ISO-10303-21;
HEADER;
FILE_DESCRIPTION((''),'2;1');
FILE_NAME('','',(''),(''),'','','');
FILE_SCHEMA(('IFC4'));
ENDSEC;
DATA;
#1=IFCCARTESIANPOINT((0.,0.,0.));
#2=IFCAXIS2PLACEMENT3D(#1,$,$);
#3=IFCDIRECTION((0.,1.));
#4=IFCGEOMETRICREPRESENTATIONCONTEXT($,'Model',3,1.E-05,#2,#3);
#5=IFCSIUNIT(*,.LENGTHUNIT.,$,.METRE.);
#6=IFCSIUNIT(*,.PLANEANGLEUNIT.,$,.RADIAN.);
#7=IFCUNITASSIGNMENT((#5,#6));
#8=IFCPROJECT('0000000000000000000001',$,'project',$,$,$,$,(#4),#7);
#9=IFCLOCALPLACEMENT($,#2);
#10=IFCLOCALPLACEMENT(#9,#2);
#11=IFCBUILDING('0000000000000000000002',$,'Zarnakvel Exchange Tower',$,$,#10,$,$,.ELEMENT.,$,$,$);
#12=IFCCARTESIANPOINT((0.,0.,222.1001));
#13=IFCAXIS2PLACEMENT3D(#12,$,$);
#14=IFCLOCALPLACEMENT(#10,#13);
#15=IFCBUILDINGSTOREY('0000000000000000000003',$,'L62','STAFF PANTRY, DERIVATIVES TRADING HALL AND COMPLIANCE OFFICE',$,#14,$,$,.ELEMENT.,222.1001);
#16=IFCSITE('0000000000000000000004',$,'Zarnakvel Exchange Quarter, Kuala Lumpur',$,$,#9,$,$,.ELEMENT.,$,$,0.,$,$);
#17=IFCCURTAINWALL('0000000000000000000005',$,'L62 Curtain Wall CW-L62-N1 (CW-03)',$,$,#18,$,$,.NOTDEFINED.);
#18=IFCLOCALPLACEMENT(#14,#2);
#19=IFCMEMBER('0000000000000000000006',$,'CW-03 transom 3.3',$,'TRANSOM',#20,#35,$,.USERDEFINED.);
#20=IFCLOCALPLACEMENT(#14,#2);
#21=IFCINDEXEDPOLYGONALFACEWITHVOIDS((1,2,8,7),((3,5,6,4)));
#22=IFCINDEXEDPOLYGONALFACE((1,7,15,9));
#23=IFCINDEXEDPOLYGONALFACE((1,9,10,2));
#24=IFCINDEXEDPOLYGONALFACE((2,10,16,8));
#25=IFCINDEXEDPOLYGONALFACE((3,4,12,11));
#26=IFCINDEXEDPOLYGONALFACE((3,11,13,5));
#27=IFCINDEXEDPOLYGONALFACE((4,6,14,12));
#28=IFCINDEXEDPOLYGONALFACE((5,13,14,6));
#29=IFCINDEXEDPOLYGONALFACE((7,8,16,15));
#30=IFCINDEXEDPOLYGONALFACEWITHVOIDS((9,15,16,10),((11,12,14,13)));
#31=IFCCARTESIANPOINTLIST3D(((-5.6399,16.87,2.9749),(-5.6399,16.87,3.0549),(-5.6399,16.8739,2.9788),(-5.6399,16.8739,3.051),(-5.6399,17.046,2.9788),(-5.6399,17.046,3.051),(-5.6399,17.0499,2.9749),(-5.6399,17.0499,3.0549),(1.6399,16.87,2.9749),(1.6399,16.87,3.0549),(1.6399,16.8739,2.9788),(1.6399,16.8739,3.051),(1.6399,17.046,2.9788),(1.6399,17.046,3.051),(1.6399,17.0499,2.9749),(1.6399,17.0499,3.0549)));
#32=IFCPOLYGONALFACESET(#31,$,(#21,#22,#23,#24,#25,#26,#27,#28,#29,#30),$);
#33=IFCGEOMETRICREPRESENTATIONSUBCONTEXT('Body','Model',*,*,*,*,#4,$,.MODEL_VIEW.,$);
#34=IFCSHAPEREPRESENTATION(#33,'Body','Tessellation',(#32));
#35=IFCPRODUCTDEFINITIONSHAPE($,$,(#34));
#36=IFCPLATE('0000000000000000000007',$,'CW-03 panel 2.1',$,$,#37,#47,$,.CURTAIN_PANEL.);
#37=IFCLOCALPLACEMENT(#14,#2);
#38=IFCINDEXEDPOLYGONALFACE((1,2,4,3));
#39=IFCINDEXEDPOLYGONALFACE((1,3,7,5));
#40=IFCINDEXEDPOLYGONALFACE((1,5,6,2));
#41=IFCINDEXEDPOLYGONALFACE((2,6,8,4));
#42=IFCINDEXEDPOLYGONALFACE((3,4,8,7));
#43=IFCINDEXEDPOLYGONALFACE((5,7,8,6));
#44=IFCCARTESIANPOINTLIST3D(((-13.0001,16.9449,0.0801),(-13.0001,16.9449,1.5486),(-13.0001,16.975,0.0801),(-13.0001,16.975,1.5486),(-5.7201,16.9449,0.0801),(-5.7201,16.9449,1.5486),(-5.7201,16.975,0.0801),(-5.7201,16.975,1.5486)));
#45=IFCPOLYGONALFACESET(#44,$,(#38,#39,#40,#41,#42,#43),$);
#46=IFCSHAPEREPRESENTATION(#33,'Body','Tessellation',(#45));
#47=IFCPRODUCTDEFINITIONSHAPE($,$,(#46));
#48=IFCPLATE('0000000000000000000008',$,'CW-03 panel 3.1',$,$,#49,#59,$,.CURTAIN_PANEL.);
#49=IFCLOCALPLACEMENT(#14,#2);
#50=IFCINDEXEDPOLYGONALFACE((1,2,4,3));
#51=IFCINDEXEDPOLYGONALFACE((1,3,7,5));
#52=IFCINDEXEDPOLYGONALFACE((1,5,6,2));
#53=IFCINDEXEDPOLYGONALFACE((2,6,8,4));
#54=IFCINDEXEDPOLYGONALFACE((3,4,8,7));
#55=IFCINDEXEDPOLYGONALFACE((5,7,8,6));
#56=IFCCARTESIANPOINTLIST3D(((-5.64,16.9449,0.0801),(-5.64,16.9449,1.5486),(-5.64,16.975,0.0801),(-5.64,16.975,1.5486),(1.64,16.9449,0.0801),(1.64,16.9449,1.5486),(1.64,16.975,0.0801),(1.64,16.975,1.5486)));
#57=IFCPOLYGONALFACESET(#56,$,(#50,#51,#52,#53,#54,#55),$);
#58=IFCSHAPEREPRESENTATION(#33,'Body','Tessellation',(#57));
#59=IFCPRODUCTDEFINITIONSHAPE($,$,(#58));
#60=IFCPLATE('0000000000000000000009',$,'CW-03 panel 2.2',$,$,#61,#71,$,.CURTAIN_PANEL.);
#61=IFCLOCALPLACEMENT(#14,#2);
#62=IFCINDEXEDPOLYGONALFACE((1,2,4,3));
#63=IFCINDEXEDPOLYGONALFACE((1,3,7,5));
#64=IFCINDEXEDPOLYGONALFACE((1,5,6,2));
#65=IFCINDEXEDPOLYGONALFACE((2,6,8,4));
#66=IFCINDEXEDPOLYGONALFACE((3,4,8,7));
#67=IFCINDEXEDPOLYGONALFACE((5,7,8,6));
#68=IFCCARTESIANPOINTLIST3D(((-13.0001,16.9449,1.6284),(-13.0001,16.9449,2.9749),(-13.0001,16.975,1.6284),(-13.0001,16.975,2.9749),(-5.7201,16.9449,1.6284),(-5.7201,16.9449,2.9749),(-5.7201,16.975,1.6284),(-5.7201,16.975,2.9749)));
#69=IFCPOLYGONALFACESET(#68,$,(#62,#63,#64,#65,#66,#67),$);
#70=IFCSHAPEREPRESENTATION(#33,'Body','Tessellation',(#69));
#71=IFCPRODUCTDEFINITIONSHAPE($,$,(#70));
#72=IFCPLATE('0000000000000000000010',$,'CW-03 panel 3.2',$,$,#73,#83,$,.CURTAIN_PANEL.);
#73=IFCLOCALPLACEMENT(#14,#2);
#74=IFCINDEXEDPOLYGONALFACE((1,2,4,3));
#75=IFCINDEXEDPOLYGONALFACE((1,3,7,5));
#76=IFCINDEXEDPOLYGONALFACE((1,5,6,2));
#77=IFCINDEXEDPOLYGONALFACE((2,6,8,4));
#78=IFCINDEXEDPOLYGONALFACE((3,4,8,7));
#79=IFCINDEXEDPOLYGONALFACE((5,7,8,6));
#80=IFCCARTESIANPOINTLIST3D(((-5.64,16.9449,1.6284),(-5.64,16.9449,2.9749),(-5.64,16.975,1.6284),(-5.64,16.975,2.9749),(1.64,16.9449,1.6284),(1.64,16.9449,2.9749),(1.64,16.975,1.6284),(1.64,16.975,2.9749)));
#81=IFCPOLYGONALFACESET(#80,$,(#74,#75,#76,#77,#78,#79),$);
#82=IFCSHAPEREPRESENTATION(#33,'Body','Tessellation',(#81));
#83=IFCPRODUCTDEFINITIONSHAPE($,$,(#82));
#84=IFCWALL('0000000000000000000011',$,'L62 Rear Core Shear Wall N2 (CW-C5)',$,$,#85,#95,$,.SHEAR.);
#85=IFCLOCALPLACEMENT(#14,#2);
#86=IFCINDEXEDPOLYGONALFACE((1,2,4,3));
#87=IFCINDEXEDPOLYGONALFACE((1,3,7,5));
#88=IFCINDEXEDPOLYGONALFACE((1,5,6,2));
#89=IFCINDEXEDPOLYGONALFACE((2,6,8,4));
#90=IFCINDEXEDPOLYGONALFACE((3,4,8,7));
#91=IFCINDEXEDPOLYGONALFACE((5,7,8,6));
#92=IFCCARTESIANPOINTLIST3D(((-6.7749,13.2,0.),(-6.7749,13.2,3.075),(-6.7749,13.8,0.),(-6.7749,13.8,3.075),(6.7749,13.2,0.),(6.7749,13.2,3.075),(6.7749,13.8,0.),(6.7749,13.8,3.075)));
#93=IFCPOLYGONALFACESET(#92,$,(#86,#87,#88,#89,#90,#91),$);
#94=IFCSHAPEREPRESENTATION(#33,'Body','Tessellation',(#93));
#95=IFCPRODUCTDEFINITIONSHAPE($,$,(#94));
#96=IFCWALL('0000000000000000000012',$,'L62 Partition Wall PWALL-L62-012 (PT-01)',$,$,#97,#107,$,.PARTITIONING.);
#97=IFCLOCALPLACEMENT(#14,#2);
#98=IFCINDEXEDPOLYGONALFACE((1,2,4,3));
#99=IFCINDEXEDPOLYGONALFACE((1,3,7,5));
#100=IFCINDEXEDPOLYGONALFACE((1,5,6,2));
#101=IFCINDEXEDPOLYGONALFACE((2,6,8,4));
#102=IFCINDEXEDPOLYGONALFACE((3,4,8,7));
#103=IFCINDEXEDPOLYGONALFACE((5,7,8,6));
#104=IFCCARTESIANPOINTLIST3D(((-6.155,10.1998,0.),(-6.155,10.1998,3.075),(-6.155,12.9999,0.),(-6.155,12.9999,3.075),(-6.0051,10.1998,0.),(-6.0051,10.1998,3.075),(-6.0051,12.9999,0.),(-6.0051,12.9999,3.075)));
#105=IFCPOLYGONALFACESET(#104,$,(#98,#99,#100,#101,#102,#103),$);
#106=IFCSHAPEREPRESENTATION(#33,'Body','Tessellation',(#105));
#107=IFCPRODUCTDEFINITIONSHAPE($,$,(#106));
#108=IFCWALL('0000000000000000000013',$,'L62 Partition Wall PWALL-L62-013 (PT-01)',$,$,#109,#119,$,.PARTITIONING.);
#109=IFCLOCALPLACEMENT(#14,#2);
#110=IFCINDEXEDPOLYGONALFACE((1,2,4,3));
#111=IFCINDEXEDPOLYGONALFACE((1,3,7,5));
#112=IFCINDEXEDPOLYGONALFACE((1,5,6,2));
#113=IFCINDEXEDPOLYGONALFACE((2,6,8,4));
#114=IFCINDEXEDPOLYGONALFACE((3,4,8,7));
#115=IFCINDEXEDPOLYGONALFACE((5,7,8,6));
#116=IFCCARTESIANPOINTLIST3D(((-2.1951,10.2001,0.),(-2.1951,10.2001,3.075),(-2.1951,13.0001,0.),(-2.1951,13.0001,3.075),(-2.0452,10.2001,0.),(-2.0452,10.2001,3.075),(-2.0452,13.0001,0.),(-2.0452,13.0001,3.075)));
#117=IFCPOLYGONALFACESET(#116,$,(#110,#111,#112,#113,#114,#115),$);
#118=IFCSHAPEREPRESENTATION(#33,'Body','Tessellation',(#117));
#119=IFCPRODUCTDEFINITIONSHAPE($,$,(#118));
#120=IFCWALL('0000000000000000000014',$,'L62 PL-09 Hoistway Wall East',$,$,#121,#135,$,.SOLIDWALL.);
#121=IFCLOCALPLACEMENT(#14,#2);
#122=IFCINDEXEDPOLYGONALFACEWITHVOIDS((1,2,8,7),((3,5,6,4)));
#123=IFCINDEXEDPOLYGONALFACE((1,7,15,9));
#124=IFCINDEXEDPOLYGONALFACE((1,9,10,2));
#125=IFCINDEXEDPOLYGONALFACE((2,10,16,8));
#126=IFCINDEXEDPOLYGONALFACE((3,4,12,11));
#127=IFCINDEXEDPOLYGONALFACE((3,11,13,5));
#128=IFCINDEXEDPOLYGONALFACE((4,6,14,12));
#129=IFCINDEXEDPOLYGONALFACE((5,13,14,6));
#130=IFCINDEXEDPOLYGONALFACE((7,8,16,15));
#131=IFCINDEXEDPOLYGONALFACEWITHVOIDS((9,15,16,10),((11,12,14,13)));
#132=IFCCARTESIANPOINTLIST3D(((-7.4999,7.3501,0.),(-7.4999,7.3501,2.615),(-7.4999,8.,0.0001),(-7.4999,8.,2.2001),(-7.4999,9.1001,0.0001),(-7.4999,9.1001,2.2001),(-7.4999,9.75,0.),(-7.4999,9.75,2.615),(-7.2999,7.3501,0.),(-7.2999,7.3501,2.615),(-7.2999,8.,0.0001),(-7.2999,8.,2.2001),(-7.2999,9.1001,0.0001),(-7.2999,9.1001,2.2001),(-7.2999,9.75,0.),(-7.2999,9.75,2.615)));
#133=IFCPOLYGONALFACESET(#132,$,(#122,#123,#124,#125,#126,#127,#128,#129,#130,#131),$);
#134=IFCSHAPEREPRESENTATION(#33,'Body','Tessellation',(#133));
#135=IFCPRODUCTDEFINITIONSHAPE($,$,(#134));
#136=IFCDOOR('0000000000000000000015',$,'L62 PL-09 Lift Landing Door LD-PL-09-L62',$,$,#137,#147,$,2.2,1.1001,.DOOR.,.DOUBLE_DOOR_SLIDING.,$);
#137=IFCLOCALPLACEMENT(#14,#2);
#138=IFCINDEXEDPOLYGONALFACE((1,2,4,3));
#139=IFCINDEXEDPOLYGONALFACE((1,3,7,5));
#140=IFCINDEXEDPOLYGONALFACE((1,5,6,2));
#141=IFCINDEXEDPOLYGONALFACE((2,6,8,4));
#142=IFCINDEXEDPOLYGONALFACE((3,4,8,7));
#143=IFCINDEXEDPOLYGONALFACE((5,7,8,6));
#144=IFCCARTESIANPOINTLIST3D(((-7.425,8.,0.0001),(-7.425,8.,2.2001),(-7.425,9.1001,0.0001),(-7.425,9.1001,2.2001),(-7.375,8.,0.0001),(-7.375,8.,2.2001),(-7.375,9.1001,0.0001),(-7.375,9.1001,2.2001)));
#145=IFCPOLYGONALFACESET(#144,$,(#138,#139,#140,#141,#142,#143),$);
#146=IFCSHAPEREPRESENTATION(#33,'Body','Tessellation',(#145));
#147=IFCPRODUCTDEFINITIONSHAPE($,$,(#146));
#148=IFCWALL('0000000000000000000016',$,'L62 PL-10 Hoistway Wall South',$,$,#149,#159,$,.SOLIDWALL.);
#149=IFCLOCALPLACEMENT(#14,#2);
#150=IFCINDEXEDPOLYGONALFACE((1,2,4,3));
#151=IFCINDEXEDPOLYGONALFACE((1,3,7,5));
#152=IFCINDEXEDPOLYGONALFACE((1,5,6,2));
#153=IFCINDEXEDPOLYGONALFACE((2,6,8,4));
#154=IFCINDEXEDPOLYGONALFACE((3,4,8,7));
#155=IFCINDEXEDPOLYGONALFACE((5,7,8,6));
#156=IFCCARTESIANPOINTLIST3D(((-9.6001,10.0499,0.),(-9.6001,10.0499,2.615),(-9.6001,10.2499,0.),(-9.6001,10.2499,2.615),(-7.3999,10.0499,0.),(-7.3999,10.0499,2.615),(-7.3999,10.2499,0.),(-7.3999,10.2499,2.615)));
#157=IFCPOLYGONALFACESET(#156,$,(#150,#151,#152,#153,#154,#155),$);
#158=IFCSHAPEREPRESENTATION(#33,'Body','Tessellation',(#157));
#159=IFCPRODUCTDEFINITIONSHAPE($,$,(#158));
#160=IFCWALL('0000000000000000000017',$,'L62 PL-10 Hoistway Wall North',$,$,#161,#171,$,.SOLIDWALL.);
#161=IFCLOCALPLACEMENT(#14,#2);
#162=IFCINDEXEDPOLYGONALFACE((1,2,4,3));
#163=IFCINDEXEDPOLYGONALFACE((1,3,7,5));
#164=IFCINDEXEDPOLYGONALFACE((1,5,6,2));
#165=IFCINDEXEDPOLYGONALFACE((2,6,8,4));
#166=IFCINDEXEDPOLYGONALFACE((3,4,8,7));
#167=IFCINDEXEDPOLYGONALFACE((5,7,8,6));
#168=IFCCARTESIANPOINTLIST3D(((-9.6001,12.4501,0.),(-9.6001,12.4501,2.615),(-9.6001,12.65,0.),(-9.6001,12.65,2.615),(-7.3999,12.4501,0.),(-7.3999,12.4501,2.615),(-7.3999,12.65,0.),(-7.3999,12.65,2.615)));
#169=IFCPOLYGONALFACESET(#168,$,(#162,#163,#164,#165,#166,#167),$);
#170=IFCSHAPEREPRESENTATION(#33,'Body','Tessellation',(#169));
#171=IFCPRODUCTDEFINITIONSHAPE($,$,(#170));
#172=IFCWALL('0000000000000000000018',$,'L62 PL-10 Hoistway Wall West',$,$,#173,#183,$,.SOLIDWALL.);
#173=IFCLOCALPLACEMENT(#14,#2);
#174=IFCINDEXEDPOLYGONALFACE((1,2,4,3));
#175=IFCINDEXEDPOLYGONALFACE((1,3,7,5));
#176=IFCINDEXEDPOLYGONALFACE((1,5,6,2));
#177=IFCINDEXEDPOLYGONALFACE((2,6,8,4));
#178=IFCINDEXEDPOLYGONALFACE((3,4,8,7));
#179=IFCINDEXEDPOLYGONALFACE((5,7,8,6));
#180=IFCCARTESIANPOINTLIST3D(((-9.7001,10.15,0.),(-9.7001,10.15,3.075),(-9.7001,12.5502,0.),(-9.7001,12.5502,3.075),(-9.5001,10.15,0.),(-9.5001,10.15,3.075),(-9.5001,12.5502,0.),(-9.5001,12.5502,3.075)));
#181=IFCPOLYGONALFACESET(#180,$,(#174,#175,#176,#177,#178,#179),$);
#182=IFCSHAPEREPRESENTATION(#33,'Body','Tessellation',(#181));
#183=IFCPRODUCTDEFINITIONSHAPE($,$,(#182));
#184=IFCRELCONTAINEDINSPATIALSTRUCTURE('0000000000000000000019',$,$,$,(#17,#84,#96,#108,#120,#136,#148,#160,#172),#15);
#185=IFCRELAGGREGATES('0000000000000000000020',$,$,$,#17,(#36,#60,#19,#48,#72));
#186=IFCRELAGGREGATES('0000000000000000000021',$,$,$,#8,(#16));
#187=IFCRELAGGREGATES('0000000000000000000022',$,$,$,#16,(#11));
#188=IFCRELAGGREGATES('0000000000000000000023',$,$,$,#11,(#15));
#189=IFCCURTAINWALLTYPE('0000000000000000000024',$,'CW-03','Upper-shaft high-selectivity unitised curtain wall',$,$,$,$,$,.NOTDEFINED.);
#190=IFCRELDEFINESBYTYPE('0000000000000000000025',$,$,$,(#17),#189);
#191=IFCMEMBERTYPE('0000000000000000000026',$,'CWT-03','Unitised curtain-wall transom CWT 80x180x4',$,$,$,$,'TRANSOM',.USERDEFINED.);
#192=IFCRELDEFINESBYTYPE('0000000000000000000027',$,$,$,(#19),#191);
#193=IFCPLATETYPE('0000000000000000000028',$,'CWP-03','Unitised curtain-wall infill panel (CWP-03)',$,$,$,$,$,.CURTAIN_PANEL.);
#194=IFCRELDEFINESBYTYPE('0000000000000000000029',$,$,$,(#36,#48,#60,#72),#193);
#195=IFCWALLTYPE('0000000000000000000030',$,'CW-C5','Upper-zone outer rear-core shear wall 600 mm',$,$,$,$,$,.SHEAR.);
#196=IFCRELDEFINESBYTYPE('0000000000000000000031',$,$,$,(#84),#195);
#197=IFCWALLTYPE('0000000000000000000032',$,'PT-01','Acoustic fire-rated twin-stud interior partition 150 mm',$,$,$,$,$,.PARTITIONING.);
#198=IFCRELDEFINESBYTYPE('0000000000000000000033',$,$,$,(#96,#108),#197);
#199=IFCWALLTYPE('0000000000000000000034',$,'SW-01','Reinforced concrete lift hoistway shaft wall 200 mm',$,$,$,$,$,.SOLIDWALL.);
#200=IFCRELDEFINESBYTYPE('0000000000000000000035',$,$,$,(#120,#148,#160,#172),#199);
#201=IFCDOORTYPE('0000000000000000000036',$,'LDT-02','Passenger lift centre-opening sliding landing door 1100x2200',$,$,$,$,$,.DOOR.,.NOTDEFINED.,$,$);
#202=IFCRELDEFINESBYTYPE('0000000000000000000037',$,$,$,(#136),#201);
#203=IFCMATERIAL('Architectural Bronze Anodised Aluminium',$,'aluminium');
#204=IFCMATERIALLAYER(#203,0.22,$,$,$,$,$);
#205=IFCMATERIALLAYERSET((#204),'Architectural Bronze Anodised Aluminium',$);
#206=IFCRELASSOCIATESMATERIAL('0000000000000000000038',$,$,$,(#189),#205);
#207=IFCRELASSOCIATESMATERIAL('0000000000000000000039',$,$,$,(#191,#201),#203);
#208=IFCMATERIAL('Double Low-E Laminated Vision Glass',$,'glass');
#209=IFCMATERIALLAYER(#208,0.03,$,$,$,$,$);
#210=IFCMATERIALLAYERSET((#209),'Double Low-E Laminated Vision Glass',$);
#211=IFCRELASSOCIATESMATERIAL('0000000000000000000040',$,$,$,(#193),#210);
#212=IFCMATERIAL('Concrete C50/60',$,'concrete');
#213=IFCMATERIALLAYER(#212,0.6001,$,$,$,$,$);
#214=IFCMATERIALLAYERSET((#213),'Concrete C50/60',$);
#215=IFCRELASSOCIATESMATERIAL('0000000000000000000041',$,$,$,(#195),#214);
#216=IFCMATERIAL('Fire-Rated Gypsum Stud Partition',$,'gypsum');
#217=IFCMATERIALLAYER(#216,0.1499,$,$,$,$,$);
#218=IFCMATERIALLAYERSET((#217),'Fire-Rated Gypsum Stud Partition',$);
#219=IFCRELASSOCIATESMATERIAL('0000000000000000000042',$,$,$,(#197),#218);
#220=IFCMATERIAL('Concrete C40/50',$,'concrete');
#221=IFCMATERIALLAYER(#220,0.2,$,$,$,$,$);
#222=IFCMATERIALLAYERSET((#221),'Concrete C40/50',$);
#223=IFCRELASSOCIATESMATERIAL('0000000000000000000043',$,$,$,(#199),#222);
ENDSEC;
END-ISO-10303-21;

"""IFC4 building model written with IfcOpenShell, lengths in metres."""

from ifc_helpers import new_model, si_unit, direction, frame, frame_2d, origin, origin_2d, place, context, subcontext, project, spatial, rectangle, hollow_rectangle, extrude, source, transform, mapped, material, layer, layer_set, material_profile, profile_set, type_object, element, fill, aggregate, save


model = new_model("IFC4")

# Units and contexts
model_context = context("Model", 3, precision=1e-05, world=origin(), true_north=direction((0.0, 1.0)))
body_context = subcontext(model_context, "Body", "Model", "MODEL_VIEW")
ifc_project = project(units=[si_unit("LENGTHUNIT", "METRE"), si_unit("PLANEANGLEUNIT", "RADIAN")], contexts=[model_context])

# Site, building, storey
site_placement = place(None, origin())
site = spatial("IfcSite", under=ifc_project, at=site_placement, Name="Zarnakvel Exchange Quarter, Kuala Lumpur", CompositionType="ELEMENT", RefElevation=0.0)
building_placement = place(site_placement, origin())
building = spatial("IfcBuilding", under=site, at=building_placement, Name="Zarnakvel Exchange Tower", CompositionType="ELEMENT")
storey_placement = place(building_placement, frame((0.0, 0.0, 222.1001)))
storey = spatial("IfcBuildingStorey", under=building, at=storey_placement, Name="L62", Description="STAFF PANTRY, DERIVATIVES TRADING HALL AND COMPLIANCE OFFICE", CompositionType="ELEMENT", Elevation=222.1001)

# Shared definitions
ifc_material_1 = material(Name="Concrete C50/60", Category="concrete")

# Curtain wall, member, plates
ifc_material_2 = material(Name="Architectural Bronze Anodised Aluminium", Category="aluminium")
ifc_layer_1 = layer(ifc_material_2, 0.22)
ifc_layer_set_1 = layer_set([ifc_layer_1], Name="Architectural Bronze Anodised Aluminium")
curtain_wall_type = type_object("IfcCurtainWallType", Name="CW-03", Description="Upper-shaft high-selectivity unitised curtain wall", PredefinedType="NOTDEFINED", material=ifc_layer_set_1)
curtain_wall_placement = place(storey_placement, origin())
curtain_wall = element("IfcCurtainWall", 1, at=curtain_wall_placement, inside=storey, type_object=curtain_wall_type, Name="L62 Curtain Wall CW-L62-N1 (CW-03)", PredefinedType="NOTDEFINED")
ifc_material_profile_1 = material_profile(ifc_material_2, hollow_rectangle(XDim=0.1799, YDim=0.0801, WallThickness=0.0039, at=origin_2d()))
ifc_profile_set_1 = profile_set([ifc_material_profile_1], Name="Architectural Bronze Anodised Aluminium")
member_type_1 = type_object("IfcMemberType", Name="CWT-03", Description="Unitised curtain-wall transom CWT 80x180x4", ElementType="TRANSOM", PredefinedType="USERDEFINED", material=ifc_profile_set_1)
shared_shape_1 = source(origin(), body_context, "Body", "SweptSolid", [
    extrude(hollow_rectangle(XDim=0.1799, YDim=0.0801, WallThickness=0.0039, at=origin_2d()), origin(), (0.0, 0.0, 1.0), 7.2798),
])
member_1_placement = place(storey_placement, frame((-5.6399, 16.96, 3.0149), z_axis=(1.0, 0.0, 0.0), x_axis=(0.0, 1.0, 0.0)))
member_1 = element("IfcMember", 2, at=member_1_placement, type_object=member_type_1, Name="CW-03 transom 3.3", ObjectType="TRANSOM", PredefinedType="USERDEFINED", context=body_context, shape_type="MappedRepresentation", body=[
    mapped(shared_shape_1, transform((0.0, 0.0, 0.0), x_axis=(1.0, 0.0, 0.0), y_axis=(0.0, 1.0, 0.0), z_axis=(0.0, 0.0, 1.0), scale=1.0)),
])
ifc_material_3 = material(Name="Double Low-E Laminated Vision Glass", Category="glass")
ifc_layer_2 = layer(ifc_material_3, 0.03)
ifc_layer_set_2 = layer_set([ifc_layer_2], Name="Double Low-E Laminated Vision Glass")
plate_type = type_object("IfcPlateType", Name="CWP-03", Description="Unitised curtain-wall infill panel (CWP-03)", PredefinedType="CURTAIN_PANEL", material=ifc_layer_set_2)
shared_shape_2 = source(origin(), body_context, "Body", "SweptSolid", [
    extrude(rectangle(XDim=7.28, YDim=0.03, at=origin_2d()), origin(), (0.0, 0.0, 1.0), 1.4685),
])
plate_1_placement = place(storey_placement, frame((-9.3601, 16.96, 0.0801), z_axis=(0.0, 0.0, 1.0), x_axis=(1.0, 0.0, 0.0)))
plate_1 = element("IfcPlate", 3, at=plate_1_placement, type_object=plate_type, Name="CW-03 panel 2.1", PredefinedType="CURTAIN_PANEL", context=body_context, shape_type="MappedRepresentation", body=[
    mapped(shared_shape_2, transform((0.0, 0.0, 0.0), x_axis=(1.0, 0.0, 0.0), y_axis=(0.0, 1.0, 0.0), z_axis=(0.0, 0.0, 1.0), scale=1.0)),
])
plate_2_placement = place(storey_placement, frame((-2.0, 16.96, 0.0801), z_axis=(0.0, 0.0, 1.0), x_axis=(1.0, 0.0, 0.0)))
plate_2 = element("IfcPlate", 4, at=plate_2_placement, type_object=plate_type, Name="CW-03 panel 3.1", PredefinedType="CURTAIN_PANEL", context=body_context, shape_type="MappedRepresentation", body=[
    mapped(shared_shape_2, transform((0.0, 0.0, 0.0), x_axis=(1.0, 0.0, 0.0), y_axis=(0.0, 1.0, 0.0), z_axis=(0.0, 0.0, 1.0), scale=1.0)),
])
shared_shape_3 = source(origin(), body_context, "Body", "SweptSolid", [
    extrude(rectangle(XDim=7.28, YDim=0.03, at=origin_2d()), origin(), (0.0, 0.0, 1.0), 1.3464),
])
plate_3_placement = place(storey_placement, frame((-9.3601, 16.96, 1.6284), z_axis=(0.0, 0.0, 1.0), x_axis=(1.0, 0.0, 0.0)))
plate_3 = element("IfcPlate", 5, at=plate_3_placement, type_object=plate_type, Name="CW-03 panel 2.2", PredefinedType="CURTAIN_PANEL", context=body_context, shape_type="MappedRepresentation", body=[
    mapped(shared_shape_3, transform((0.0, 0.0, 0.0), x_axis=(1.0, 0.0, 0.0), y_axis=(0.0, 1.0, 0.0), z_axis=(0.0, 0.0, 1.0), scale=1.0)),
])
plate_4_placement = place(storey_placement, frame((-2.0, 16.96, 1.6284), z_axis=(0.0, 0.0, 1.0), x_axis=(1.0, 0.0, 0.0)))
plate_4 = element("IfcPlate", 6, at=plate_4_placement, type_object=plate_type, Name="CW-03 panel 3.2", PredefinedType="CURTAIN_PANEL", context=body_context, shape_type="MappedRepresentation", body=[
    mapped(shared_shape_3, transform((0.0, 0.0, 0.0), x_axis=(1.0, 0.0, 0.0), y_axis=(0.0, 1.0, 0.0), z_axis=(0.0, 0.0, 1.0), scale=1.0)),
])
aggregate(curtain_wall, [plate_1, plate_3, member_1, plate_2, plate_4])

# Wall
ifc_layer_3 = layer(ifc_material_1, 0.6001)
ifc_layer_set_3 = layer_set([ifc_layer_3], Name="Concrete C50/60")
wall_type_1 = type_object("IfcWallType", Name="CW-C5", Description="Upper-zone outer rear-core shear wall 600 mm", PredefinedType="SHEAR", material=ifc_layer_set_3)
wall_1_placement = place(storey_placement, frame((-6.7749, 13.5, 0.0), z_axis=(0.0, 0.0, 1.0), x_axis=(1.0, 0.0, 0.0)))
element("IfcWall", 7, at=wall_1_placement, inside=storey, type_object=wall_type_1, Name="L62 Rear Core Shear Wall N2 (CW-C5)", PredefinedType="SHEAR", context=body_context, shape_type="SweptSolid", body=[
    extrude(rectangle(XDim=13.5498, YDim=0.6001, at=frame_2d((6.7749, 0.0))), origin(), (0.0, 0.0, 1.0), 3.075),
])

# Shared definitions
ifc_material_4 = material(Name="Fire-Rated Gypsum Stud Partition", Category="gypsum")
ifc_layer_4 = layer(ifc_material_4, 0.1499)
ifc_layer_set_4 = layer_set([ifc_layer_4], Name="Fire-Rated Gypsum Stud Partition")
wall_type_2 = type_object("IfcWallType", Name="PT-01", Description="Acoustic fire-rated twin-stud interior partition 150 mm", PredefinedType="PARTITIONING", material=ifc_layer_set_4)

# Walls
for number, where, z_axis, x_axis, name in (
    (8, (-6.0801, 10.2, 0.0), (0.0, 0.0, 1.0), (0.0, 1.0, 0.0), "L62 Partition Wall PWALL-L62-012 (PT-01)"),
    (9, (-2.1201, 13.0, 0.0), (0.0, 0.0, 1.0), (0.0, -1.0, 0.0), "L62 Partition Wall PWALL-L62-013 (PT-01)"),
):
    element("IfcWall", number, at=place(storey_placement, frame(where, z_axis=z_axis, x_axis=x_axis)), inside=storey, type_object=wall_type_2, Name=name, PredefinedType="PARTITIONING", context=body_context, shape_type="SweptSolid", body=[
        extrude(rectangle(XDim=2.8, YDim=0.1499, at=frame_2d((1.3999, 0.0))), origin(), (0.0, 0.0, 1.0), 3.075),
    ])

# Wall, opening, door
ifc_material_5 = material(Name="Concrete C40/50", Category="concrete")
ifc_layer_5 = layer(ifc_material_5, 0.2)
ifc_layer_set_5 = layer_set([ifc_layer_5], Name="Concrete C40/50")
wall_type_3 = type_object("IfcWallType", Name="SW-01", Description="Reinforced concrete lift hoistway shaft wall 200 mm", PredefinedType="SOLIDWALL", material=ifc_layer_set_5)
wall_2_placement = place(storey_placement, frame((-7.3999, 9.75, 0.0), z_axis=(0.0, 0.0, 1.0), x_axis=(0.0, -1.0, 0.0)))
wall_2 = element("IfcWall", 10, at=wall_2_placement, inside=storey, type_object=wall_type_3, Name="L62 PL-09 Hoistway Wall East", PredefinedType="SOLIDWALL", context=body_context, shape_type="SweptSolid", body=[
    extrude(rectangle(XDim=2.3999, YDim=0.2, at=frame_2d((1.2, 0.0))), origin(), (0.0, 0.0, 1.0), 2.615),
])
opening_1_placement = place(wall_2_placement, frame((0.6499, 0.0, 0.0)))
opening_1 = element("IfcOpeningElement", 11, at=opening_1_placement, cuts=wall_2, PredefinedType="OPENING", context=body_context, shape_type="SweptSolid", body=[
    extrude(rectangle(XDim=1.1001, YDim=2.2, at=frame_2d((0.55, 1.1001))), frame((0.0, 0.1099, 0.0), z_axis=(0.0, -1.0, 0.0), x_axis=(1.0, 0.0, 0.0)), (0.0, 0.0, 1.0), 0.22),
])
door_type_1 = type_object("IfcDoorType", Name="LDT-02", Description="Passenger lift centre-opening sliding landing door 1100x2200", OperationType="NOTDEFINED", PredefinedType="DOOR", material=ifc_material_2)
shared_shape_4 = source(origin(), body_context, "Body", "SweptSolid", [
    extrude(rectangle(XDim=1.1001, YDim=2.2, at=frame_2d((0.55, 1.1001))), frame((0.0, 0.0249, 0.0), z_axis=(0.0, -1.0, 0.0), x_axis=(1.0, 0.0, 0.0)), (0.0, 0.0, 1.0), 0.05),
])
door_1_placement = place(opening_1_placement, origin())
door_1 = element("IfcDoor", 12, at=door_1_placement, inside=storey, type_object=door_type_1, Name="L62 PL-09 Lift Landing Door LD-PL-09-L62", OperationType="DOUBLE_DOOR_SLIDING", OverallHeight=2.2, OverallWidth=1.1001, PredefinedType="DOOR", context=body_context, shape_type="MappedRepresentation", body=[
    mapped(shared_shape_4, transform((0.0, 0.0, 0.0), x_axis=(1.0, 0.0, 0.0), y_axis=(0.0, 1.0, 0.0), z_axis=(0.0, 0.0, 1.0), scale=1.0)),
])
fill(opening_1, door_1)

# Walls
for number, where, z_axis, x_axis, name in (
    (13, (-7.3999, 10.1499, 0.0), (0.0, 0.0, 1.0), (-1.0, 0.0, 0.0), "L62 PL-10 Hoistway Wall South"),
    (14, (-9.6001, 12.55, 0.0), (0.0, 0.0, 1.0), (1.0, 0.0, 0.0), "L62 PL-10 Hoistway Wall North"),
):
    element("IfcWall", number, at=place(storey_placement, frame(where, z_axis=z_axis, x_axis=x_axis)), inside=storey, type_object=wall_type_3, Name=name, PredefinedType="SOLIDWALL", context=body_context, shape_type="SweptSolid", body=[
        extrude(rectangle(XDim=2.2002, YDim=0.2, at=frame_2d((1.1001, 0.0))), origin(), (0.0, 0.0, 1.0), 2.615),
    ])
wall_3_placement = place(storey_placement, frame((-9.6001, 10.1499, 0.0), z_axis=(0.0, 0.0, 1.0), x_axis=(0.0, 1.0, 0.0)))
element("IfcWall", 15, at=wall_3_placement, inside=storey, type_object=wall_type_3, Name="L62 PL-10 Hoistway Wall West", PredefinedType="SOLIDWALL", context=body_context, shape_type="SweptSolid", body=[
    extrude(rectangle(XDim=2.4001, YDim=0.2, at=frame_2d((1.2002, 0.0))), origin(), (0.0, 0.0, 1.0), 3.075),
])

save(model, "model.ifc")
